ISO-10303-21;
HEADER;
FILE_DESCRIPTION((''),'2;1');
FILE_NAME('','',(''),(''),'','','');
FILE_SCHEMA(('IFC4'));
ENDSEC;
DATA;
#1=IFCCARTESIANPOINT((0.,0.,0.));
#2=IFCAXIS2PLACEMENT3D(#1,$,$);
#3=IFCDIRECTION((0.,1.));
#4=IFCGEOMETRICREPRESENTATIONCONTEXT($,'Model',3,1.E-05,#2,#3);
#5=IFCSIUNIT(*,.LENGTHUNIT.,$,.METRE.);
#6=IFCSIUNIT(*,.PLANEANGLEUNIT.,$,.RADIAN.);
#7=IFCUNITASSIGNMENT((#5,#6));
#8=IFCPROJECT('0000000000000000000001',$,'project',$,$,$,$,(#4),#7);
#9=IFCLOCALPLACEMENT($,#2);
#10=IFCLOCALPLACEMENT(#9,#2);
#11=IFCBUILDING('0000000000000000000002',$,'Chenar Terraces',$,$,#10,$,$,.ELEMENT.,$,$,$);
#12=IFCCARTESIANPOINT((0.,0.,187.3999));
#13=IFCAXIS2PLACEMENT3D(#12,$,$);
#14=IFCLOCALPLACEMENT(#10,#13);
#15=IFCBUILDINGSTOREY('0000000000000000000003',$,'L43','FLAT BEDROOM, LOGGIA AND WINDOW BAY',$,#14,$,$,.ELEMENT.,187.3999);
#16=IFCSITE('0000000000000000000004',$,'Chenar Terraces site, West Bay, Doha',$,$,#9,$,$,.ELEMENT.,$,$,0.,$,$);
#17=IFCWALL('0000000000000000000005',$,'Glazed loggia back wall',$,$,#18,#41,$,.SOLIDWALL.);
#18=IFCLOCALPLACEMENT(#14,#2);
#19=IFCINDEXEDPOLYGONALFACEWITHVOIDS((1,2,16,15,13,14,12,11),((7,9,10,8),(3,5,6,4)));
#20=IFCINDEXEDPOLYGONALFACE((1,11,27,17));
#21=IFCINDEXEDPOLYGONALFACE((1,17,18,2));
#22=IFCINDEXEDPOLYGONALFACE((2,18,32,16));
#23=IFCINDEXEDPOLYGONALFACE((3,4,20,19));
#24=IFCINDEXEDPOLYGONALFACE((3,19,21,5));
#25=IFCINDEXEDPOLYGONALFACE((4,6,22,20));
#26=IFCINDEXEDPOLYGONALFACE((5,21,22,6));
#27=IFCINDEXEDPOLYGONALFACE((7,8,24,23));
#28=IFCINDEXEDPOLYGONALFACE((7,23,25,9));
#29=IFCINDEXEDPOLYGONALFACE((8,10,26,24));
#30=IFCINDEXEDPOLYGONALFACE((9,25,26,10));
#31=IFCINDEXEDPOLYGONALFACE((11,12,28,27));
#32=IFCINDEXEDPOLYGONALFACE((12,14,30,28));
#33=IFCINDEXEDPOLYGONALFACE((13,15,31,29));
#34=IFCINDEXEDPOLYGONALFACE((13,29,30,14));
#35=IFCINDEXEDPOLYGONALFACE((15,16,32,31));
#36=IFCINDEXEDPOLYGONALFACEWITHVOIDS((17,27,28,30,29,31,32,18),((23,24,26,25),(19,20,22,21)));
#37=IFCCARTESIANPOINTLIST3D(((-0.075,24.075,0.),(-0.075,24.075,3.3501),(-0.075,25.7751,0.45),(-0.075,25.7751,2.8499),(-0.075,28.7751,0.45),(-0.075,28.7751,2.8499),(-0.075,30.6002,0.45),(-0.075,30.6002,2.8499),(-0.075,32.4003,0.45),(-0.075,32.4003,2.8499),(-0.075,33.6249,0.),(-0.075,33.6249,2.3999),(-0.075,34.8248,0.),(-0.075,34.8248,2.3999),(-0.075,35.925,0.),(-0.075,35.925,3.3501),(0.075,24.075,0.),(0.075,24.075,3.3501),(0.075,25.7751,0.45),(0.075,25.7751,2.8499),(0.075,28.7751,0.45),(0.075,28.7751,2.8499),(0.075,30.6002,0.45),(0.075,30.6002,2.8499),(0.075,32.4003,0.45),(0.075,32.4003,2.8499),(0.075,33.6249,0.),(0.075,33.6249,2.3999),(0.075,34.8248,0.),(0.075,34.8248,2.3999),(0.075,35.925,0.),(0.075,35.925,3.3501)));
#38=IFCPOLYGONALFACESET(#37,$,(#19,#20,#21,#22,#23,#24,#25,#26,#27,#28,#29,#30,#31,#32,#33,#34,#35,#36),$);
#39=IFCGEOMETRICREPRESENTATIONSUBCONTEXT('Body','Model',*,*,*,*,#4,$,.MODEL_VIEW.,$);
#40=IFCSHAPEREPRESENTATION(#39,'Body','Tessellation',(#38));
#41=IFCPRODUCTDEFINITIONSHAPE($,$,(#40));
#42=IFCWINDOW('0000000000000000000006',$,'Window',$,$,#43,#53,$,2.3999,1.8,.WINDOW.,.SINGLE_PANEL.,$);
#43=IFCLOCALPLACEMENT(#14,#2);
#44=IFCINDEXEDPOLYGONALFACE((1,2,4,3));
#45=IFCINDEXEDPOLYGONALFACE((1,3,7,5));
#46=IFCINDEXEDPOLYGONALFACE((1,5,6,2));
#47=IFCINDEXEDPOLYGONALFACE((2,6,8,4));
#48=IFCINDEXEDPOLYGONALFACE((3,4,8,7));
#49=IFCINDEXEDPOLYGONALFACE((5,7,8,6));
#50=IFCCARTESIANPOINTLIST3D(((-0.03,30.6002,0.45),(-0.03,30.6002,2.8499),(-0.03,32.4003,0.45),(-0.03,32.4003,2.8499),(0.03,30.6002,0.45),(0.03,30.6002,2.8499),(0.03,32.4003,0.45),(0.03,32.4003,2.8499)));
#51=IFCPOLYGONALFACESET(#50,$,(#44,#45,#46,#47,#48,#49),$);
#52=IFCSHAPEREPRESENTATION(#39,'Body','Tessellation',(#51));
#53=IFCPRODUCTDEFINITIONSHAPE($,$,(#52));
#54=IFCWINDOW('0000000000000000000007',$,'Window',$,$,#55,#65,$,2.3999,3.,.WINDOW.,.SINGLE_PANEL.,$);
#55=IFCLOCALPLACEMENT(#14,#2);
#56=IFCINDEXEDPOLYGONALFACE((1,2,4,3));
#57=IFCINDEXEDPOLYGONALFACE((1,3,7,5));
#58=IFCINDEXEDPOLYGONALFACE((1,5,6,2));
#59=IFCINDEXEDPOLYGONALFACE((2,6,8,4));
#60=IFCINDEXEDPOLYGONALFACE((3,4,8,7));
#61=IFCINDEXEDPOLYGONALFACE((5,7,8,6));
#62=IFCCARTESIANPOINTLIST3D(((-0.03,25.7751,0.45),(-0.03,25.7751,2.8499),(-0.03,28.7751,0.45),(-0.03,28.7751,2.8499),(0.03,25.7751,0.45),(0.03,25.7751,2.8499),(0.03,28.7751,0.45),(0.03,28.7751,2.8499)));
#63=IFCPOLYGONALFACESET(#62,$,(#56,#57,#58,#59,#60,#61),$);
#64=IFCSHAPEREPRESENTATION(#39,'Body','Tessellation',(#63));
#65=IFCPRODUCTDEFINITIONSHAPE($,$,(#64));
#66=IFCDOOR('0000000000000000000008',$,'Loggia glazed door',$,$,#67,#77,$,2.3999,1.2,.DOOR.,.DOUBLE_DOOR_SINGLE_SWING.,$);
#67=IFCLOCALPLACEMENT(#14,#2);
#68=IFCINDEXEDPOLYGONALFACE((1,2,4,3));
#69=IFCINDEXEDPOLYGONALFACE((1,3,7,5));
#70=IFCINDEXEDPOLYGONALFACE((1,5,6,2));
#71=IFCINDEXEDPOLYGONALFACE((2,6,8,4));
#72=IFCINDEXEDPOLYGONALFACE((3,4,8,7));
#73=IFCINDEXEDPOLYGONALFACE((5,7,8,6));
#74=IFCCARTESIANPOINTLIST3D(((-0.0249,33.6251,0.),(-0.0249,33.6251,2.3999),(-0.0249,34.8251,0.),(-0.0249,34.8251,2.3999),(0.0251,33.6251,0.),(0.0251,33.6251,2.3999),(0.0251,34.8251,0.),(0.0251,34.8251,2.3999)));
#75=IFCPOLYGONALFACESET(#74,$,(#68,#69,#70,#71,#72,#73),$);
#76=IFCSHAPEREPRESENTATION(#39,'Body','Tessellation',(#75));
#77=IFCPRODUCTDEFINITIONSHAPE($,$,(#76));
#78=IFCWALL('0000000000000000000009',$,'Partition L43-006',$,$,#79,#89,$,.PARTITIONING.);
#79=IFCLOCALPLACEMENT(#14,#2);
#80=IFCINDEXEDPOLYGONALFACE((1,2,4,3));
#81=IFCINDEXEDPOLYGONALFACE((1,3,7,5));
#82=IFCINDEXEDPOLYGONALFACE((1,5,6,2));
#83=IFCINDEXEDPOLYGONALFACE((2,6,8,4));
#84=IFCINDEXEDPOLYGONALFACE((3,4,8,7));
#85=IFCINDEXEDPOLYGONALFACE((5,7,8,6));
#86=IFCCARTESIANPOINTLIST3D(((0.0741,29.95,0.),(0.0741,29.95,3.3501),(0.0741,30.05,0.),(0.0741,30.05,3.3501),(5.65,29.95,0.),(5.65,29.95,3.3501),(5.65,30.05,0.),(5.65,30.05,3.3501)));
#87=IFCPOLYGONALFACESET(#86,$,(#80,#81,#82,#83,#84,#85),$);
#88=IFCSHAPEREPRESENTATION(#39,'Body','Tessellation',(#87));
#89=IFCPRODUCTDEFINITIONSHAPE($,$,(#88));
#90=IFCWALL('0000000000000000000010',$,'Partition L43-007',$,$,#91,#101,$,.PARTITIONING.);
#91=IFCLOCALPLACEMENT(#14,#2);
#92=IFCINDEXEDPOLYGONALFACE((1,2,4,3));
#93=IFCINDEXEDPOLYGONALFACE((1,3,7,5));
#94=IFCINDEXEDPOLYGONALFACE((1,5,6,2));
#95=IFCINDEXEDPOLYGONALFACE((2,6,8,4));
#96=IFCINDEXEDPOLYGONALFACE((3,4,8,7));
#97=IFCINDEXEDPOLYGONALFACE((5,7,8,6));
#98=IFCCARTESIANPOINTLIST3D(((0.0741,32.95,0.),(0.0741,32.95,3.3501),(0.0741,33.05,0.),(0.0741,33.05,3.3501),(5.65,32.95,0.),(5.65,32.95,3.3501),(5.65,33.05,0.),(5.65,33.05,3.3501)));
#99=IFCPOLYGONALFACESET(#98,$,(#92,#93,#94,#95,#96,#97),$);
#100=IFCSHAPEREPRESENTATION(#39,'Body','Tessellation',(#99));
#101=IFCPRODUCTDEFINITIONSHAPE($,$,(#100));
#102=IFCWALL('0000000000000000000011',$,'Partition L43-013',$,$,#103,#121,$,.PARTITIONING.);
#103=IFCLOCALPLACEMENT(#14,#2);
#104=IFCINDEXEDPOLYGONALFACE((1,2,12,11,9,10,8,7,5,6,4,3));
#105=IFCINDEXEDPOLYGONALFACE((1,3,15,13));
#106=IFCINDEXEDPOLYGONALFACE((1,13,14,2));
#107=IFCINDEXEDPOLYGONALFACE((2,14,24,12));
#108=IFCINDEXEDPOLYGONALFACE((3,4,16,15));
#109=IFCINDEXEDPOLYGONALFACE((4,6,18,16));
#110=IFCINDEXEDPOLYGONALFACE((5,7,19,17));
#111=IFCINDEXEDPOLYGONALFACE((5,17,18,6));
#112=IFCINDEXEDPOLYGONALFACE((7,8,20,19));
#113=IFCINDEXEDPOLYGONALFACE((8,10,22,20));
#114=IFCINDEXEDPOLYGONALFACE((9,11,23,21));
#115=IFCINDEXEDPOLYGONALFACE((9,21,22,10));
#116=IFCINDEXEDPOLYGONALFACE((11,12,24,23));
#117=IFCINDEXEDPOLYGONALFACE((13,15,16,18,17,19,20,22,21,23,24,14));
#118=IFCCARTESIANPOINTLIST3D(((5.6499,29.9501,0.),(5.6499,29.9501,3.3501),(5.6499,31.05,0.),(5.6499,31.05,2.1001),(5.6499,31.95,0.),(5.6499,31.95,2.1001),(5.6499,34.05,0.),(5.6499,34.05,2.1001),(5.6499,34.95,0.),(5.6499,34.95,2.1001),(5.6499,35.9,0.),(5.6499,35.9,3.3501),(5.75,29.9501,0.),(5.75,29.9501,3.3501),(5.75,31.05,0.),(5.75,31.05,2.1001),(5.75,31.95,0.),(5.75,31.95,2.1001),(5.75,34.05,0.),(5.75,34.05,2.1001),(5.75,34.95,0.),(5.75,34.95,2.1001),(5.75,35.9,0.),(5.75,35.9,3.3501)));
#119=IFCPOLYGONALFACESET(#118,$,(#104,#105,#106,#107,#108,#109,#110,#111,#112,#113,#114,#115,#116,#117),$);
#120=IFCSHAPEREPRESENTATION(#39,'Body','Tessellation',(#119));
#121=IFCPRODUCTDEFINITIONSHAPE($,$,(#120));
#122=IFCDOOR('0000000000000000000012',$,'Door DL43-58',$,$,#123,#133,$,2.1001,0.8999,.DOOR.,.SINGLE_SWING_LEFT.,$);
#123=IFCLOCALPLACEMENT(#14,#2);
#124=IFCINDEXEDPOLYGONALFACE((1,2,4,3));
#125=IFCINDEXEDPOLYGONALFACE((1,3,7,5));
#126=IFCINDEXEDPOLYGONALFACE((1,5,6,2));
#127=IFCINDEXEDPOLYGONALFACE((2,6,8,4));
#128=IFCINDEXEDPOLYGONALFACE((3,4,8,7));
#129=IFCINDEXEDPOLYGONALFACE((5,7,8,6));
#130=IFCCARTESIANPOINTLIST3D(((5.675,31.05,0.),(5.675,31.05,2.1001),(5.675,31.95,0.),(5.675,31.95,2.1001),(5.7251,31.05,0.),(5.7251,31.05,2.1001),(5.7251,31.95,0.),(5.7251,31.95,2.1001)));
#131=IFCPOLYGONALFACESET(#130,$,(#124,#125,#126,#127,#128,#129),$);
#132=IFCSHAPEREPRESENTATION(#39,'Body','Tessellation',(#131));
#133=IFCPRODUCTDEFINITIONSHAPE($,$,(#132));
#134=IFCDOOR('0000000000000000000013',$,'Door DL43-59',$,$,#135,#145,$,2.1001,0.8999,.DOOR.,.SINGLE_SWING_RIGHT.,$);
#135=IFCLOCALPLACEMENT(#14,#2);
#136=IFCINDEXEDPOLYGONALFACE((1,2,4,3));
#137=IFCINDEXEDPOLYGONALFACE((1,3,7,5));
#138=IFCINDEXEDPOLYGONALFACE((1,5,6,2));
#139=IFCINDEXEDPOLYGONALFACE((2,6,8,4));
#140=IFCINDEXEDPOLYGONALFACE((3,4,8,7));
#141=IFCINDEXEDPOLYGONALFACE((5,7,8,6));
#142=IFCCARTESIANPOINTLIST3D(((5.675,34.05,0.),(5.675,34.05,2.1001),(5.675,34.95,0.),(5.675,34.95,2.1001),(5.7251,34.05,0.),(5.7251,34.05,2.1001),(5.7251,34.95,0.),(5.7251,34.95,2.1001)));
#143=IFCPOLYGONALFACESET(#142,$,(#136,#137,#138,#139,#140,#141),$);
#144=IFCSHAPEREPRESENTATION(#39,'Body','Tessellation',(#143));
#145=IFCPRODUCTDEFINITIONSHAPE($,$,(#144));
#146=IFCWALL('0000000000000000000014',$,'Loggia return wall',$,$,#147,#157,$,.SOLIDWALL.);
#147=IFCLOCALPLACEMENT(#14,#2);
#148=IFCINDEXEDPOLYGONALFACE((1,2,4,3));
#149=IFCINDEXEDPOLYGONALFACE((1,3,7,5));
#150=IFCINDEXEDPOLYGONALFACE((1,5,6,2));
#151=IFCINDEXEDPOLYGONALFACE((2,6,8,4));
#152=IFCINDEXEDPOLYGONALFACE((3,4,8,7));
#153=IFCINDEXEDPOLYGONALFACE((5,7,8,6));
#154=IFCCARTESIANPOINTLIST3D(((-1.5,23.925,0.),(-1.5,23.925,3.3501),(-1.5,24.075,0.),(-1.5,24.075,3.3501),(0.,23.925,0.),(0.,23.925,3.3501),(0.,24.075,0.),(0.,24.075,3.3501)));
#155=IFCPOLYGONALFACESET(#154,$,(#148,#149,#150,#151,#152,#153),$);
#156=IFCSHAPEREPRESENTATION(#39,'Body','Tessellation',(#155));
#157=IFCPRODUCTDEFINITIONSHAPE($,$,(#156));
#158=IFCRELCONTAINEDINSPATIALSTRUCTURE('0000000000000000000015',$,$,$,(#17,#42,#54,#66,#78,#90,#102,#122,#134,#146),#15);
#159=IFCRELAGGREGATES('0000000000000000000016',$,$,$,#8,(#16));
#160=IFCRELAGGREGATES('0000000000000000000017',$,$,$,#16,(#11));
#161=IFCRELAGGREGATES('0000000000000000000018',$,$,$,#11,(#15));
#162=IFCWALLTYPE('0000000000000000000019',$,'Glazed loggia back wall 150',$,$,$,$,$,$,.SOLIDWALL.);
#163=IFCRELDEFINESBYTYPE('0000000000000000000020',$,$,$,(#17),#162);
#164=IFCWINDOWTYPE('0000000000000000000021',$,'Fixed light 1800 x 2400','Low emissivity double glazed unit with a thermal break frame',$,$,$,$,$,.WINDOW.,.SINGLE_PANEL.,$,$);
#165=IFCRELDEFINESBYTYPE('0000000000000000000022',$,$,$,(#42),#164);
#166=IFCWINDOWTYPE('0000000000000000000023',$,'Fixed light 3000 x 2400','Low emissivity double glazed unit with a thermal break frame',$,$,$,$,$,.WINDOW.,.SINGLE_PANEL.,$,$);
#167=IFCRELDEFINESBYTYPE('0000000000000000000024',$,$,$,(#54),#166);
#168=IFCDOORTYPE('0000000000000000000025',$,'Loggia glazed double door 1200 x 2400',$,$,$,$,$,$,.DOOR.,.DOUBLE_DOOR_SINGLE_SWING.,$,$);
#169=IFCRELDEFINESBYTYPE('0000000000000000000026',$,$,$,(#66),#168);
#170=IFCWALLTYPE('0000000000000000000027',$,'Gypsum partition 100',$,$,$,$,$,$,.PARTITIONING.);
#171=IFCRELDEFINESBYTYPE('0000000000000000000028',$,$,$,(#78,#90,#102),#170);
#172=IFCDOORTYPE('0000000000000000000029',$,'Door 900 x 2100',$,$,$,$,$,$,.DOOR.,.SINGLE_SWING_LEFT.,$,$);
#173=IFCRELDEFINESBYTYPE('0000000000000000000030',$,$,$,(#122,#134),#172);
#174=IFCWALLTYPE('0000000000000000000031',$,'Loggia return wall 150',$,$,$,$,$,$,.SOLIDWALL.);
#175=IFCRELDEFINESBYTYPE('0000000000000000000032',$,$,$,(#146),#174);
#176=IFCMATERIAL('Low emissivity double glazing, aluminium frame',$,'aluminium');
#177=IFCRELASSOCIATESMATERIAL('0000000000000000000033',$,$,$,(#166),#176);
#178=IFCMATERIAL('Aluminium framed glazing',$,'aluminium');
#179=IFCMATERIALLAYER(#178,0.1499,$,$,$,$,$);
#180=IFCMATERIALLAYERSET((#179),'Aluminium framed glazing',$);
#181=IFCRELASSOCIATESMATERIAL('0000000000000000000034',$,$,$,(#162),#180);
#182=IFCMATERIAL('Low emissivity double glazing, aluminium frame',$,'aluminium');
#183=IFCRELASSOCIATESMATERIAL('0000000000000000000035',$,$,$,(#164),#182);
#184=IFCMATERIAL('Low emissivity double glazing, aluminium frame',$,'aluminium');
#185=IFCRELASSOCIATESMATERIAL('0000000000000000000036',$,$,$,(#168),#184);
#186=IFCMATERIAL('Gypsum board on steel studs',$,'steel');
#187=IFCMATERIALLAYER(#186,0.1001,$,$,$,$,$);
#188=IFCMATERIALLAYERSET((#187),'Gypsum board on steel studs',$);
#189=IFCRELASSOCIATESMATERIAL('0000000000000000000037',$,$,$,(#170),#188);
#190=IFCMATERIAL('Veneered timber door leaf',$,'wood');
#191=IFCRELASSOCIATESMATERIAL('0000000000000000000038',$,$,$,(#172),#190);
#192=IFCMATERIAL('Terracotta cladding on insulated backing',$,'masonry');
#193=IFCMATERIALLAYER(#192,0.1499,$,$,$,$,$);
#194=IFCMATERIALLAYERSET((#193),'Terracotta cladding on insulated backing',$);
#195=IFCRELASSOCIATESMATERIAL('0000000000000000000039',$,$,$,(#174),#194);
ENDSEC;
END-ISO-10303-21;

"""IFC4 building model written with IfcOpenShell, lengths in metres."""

from ifc_helpers import new_model, si_unit, direction, frame, frame_2d, origin, place, context, subcontext, project, spatial, rectangle, extrude, material, layer, layer_set, type_object, element, fill, save


model = new_model("IFC4")

# Units and contexts
model_context = context("Model", 3, precision=1e-05, world=origin(), true_north=direction((0.0, 1.0)))
body_context = subcontext(model_context, "Body", "Model", "MODEL_VIEW")
ifc_project = project(units=[si_unit("LENGTHUNIT", "METRE"), si_unit("PLANEANGLEUNIT", "RADIAN")], contexts=[model_context])

# Site, building, storey
site_placement = place(None, origin())
site = spatial("IfcSite", under=ifc_project, at=site_placement, Name="Chenar Terraces site, West Bay, Doha", CompositionType="ELEMENT", RefElevation=0.0)
building_placement = place(site_placement, origin())
building = spatial("IfcBuilding", under=site, at=building_placement, Name="Chenar Terraces", CompositionType="ELEMENT")
storey_placement = place(building_placement, frame((0.0, 0.0, 187.3999)))
storey = spatial("IfcBuildingStorey", under=building, at=storey_placement, Name="L43", Description="FLAT BEDROOM, LOGGIA AND WINDOW BAY", CompositionType="ELEMENT", Elevation=187.3999)

# Shared definitions
ifc_material_1 = material(Name="Low emissivity double glazing, aluminium frame", Category="aluminium")
window_type_1 = type_object("IfcWindowType", Name="Fixed light 3000 x 2400", Description="Low emissivity double glazed unit with a thermal break frame", PartitioningType="SINGLE_PANEL", PredefinedType="WINDOW", material=ifc_material_1)

# Wall, openings, windows, door
ifc_material_2 = material(Name="Aluminium framed glazing", Category="aluminium")
ifc_layer_1 = layer(ifc_material_2, 0.1499)
ifc_layer_set_1 = layer_set([ifc_layer_1], Name="Aluminium framed glazing")
wall_type_1 = type_object("IfcWallType", Name="Glazed loggia back wall 150", PredefinedType="SOLIDWALL", material=ifc_layer_set_1)
wall_1_placement = place(storey_placement, frame((0.0, 35.925, 0.0), z_axis=(0.0, 0.0, 1.0), x_axis=(0.0, -1.0, 0.0)))
wall_1 = element("IfcWall", 1, at=wall_1_placement, inside=storey, type_object=wall_type_1, Name="Glazed loggia back wall", PredefinedType="SOLIDWALL", context=body_context, shape_type="SweptSolid", body=[
    extrude(rectangle(XDim=11.8501, YDim=0.1499, at=frame_2d((5.925, 0.0))), origin(), (0.0, 0.0, 1.0), 3.3501),
])
opening_1_placement = place(wall_1_placement, frame((1.1001, 0.0, 0.0)))
opening_1 = element("IfcOpeningElement", 2, at=opening_1_placement, cuts=wall_1, PredefinedType="OPENING", context=body_context, shape_type="SweptSolid", body=[
    extrude(rectangle(XDim=1.2, YDim=2.3999, at=frame_2d((0.6001, 1.2))), frame((0.0, 0.085, 0.0), z_axis=(0.0, -1.0, 0.0), x_axis=(1.0, 0.0, 0.0)), (0.0, 0.0, 1.0), 0.1699),
])
opening_2_placement = place(wall_1_placement, frame((3.5249, 0.0, 0.45)))
opening_2 = element("IfcOpeningElement", 3, at=opening_2_placement, cuts=wall_1, PredefinedType="OPENING", context=body_context, shape_type="SweptSolid", body=[
    extrude(rectangle(XDim=1.8, YDim=2.3999, at=frame_2d((0.8999, 1.2))), frame((0.0, 0.085, 0.0), z_axis=(0.0, -1.0, 0.0), x_axis=(1.0, 0.0, 0.0)), (0.0, 0.0, 1.0), 0.1699),
])
opening_3_placement = place(wall_1_placement, frame((7.1499, 0.0, 0.45)))
opening_3 = element("IfcOpeningElement", 4, at=opening_3_placement, cuts=wall_1, PredefinedType="OPENING", context=body_context, shape_type="SweptSolid", body=[
    extrude(rectangle(XDim=3.0, YDim=2.3999, at=frame_2d((1.5, 1.2))), frame((0.0, 0.085, 0.0), z_axis=(0.0, -1.0, 0.0), x_axis=(1.0, 0.0, 0.0)), (0.0, 0.0, 1.0), 0.1699),
])
ifc_material_3 = material(Name="Low emissivity double glazing, aluminium frame", Category="aluminium")
window_type_2 = type_object("IfcWindowType", Name="Fixed light 1800 x 2400", Description="Low emissivity double glazed unit with a thermal break frame", PartitioningType="SINGLE_PANEL", PredefinedType="WINDOW", material=ifc_material_3)
window_1_placement = place(opening_2_placement, origin())
window_1 = element("IfcWindow", 5, at=window_1_placement, inside=storey, type_object=window_type_2, Name="Window", OverallHeight=2.3999, OverallWidth=1.8, PartitioningType="SINGLE_PANEL", PredefinedType="WINDOW", context=body_context, shape_type="SweptSolid", body=[
    extrude(rectangle(XDim=1.8, YDim=2.3999, at=frame_2d((0.8999, 1.2))), frame((0.0, 0.03, 0.0), z_axis=(0.0, -1.0, 0.0), x_axis=(1.0, 0.0, 0.0)), (0.0, 0.0, 1.0), 0.0601),
])
fill(opening_2, window_1)
window_2_placement = place(opening_3_placement, origin())
window_2 = element("IfcWindow", 6, at=window_2_placement, inside=storey, type_object=window_type_1, Name="Window", OverallHeight=2.3999, OverallWidth=3.0, PartitioningType="SINGLE_PANEL", PredefinedType="WINDOW", context=body_context, shape_type="SweptSolid", body=[
    extrude(rectangle(XDim=3.0, YDim=2.3999, at=frame_2d((1.5, 1.2))), frame((0.0, 0.03, 0.0), z_axis=(0.0, -1.0, 0.0), x_axis=(1.0, 0.0, 0.0)), (0.0, 0.0, 1.0), 0.0601),
])
fill(opening_3, window_2)
ifc_material_4 = material(Name="Low emissivity double glazing, aluminium frame", Category="aluminium")
door_type_1 = type_object("IfcDoorType", Name="Loggia glazed double door 1200 x 2400", OperationType="DOUBLE_DOOR_SINGLE_SWING", PredefinedType="DOOR", material=ifc_material_4)
door_1_placement = place(opening_1_placement, frame((1.2, 0.0, 0.0), z_axis=(0.0, 0.0, 1.0), x_axis=(-1.0, 0.0, 0.0)))
door_1 = element("IfcDoor", 7, at=door_1_placement, inside=storey, type_object=door_type_1, Name="Loggia glazed door", OperationType="DOUBLE_DOOR_SINGLE_SWING", OverallHeight=2.3999, OverallWidth=1.2, PredefinedType="DOOR", context=body_context, shape_type="SweptSolid", body=[
    extrude(rectangle(XDim=1.2, YDim=2.3999, at=frame_2d((0.6001, 1.2))), frame((0.0, 0.0249, 0.0), z_axis=(0.0, -1.0, 0.0), x_axis=(1.0, 0.0, 0.0)), (0.0, 0.0, 1.0), 0.05),
])
fill(opening_1, door_1)

# Walls
ifc_material_5 = material(Name="Gypsum board on steel studs", Category="steel")
ifc_layer_2 = layer(ifc_material_5, 0.1001)
ifc_layer_set_2 = layer_set([ifc_layer_2], Name="Gypsum board on steel studs")
wall_type_2 = type_object("IfcWallType", Name="Gypsum partition 100", PredefinedType="PARTITIONING", material=ifc_layer_set_2)
for number, where, z_axis, x_axis, name in (
    (8, (0.074, 30.0, 0.0), (0.0, 0.0, 1.0), (1.0, 0.0, 0.0), "Partition L43-006"),
    (9, (0.074, 33.0, 0.0), (0.0, 0.0, 1.0), (1.0, 0.0, 0.0), "Partition L43-007"),
):
    element("IfcWall", number, at=place(storey_placement, frame(where, z_axis=z_axis, x_axis=x_axis)), inside=storey, type_object=wall_type_2, Name=name, PredefinedType="PARTITIONING", context=body_context, shape_type="SweptSolid", body=[
        extrude(rectangle(XDim=5.5759, YDim=0.1001, at=frame_2d((2.7881, 0.0))), origin(), (0.0, 0.0, 1.0), 3.3501),
    ])

# Wall, openings, doors
wall_2_placement = place(storey_placement, frame((5.7, 29.95, 0.0), z_axis=(0.0, 0.0, 1.0), x_axis=(0.0, 1.0, 0.0)))
wall_2 = element("IfcWall", 10, at=wall_2_placement, inside=storey, type_object=wall_type_2, Name="Partition L43-013", PredefinedType="PARTITIONING", context=body_context, shape_type="SweptSolid", body=[
    extrude(rectangle(XDim=5.95, YDim=0.1001, at=frame_2d((2.9751, 0.0))), origin(), (0.0, 0.0, 1.0), 3.3501),
])
opening_4_placement = place(wall_2_placement, frame((1.1001, 0.0, 0.0)))
opening_4 = element("IfcOpeningElement", 11, at=opening_4_placement, cuts=wall_2, PredefinedType="OPENING", context=body_context, shape_type="SweptSolid", body=[
    extrude(rectangle(XDim=0.8999, YDim=2.1001, at=frame_2d((0.45, 1.05))), frame((0.0, 0.0601, 0.0), z_axis=(0.0, -1.0, 0.0), x_axis=(1.0, 0.0, 0.0)), (0.0, 0.0, 1.0), 0.1201),
])
opening_5_placement = place(wall_2_placement, frame((4.1001, 0.0, 0.0)))
opening_5 = element("IfcOpeningElement", 12, at=opening_5_placement, cuts=wall_2, PredefinedType="OPENING", context=body_context, shape_type="SweptSolid", body=[
    extrude(rectangle(XDim=0.8999, YDim=2.1001, at=frame_2d((0.45, 1.05))), frame((0.0, 0.0601, 0.0), z_axis=(0.0, -1.0, 0.0), x_axis=(1.0, 0.0, 0.0)), (0.0, 0.0, 1.0), 0.1201),
])
ifc_material_6 = material(Name="Veneered timber door leaf", Category="wood")
door_type_2 = type_object("IfcDoorType", Name="Door 900 x 2100", OperationType="SINGLE_SWING_LEFT", PredefinedType="DOOR", material=ifc_material_6)
door_2_placement = place(opening_4_placement, origin())
door_2 = element("IfcDoor", 13, at=door_2_placement, inside=storey, type_object=door_type_2, Name="Door DL43-58", OperationType="SINGLE_SWING_LEFT", OverallHeight=2.1001, OverallWidth=0.8999, PredefinedType="DOOR", context=body_context, shape_type="SweptSolid", body=[
    extrude(rectangle(XDim=0.8999, YDim=2.1001, at=frame_2d((0.45, 1.05))), frame((0.0, 0.0249, 0.0), z_axis=(0.0, -1.0, 0.0), x_axis=(1.0, 0.0, 0.0)), (0.0, 0.0, 1.0), 0.05),
])
fill(opening_4, door_2)
door_3_placement = place(opening_5_placement, origin())
door_3 = element("IfcDoor", 14, at=door_3_placement, inside=storey, type_object=door_type_2, Name="Door DL43-59", OperationType="SINGLE_SWING_RIGHT", OverallHeight=2.1001, OverallWidth=0.8999, PredefinedType="DOOR", context=body_context, shape_type="SweptSolid", body=[
    extrude(rectangle(XDim=0.8999, YDim=2.1001, at=frame_2d((0.45, 1.05))), frame((0.0, 0.0249, 0.0), z_axis=(0.0, -1.0, 0.0), x_axis=(1.0, 0.0, 0.0)), (0.0, 0.0, 1.0), 0.05),
])
fill(opening_5, door_3)

# Wall
ifc_material_7 = material(Name="Terracotta cladding on insulated backing", Category="masonry")
ifc_layer_3 = layer(ifc_material_7, 0.1499)
ifc_layer_set_3 = layer_set([ifc_layer_3], Name="Terracotta cladding on insulated backing")
wall_type_3 = type_object("IfcWallType", Name="Loggia return wall 150", PredefinedType="SOLIDWALL", material=ifc_layer_set_3)
wall_3_placement = place(storey_placement, frame((-1.5, 24.0, 0.0), z_axis=(0.0, 0.0, 1.0), x_axis=(1.0, 0.0, 0.0)))
element("IfcWall", 15, at=wall_3_placement, inside=storey, type_object=wall_type_3, Name="Loggia return wall", PredefinedType="SOLIDWALL", context=body_context, shape_type="SweptSolid", body=[
    extrude(rectangle(XDim=1.5, YDim=0.1499, at=frame_2d((0.75, 0.0))), origin(), (0.0, 0.0, 1.0), 3.3501),
])

save(model, "model.ifc")
